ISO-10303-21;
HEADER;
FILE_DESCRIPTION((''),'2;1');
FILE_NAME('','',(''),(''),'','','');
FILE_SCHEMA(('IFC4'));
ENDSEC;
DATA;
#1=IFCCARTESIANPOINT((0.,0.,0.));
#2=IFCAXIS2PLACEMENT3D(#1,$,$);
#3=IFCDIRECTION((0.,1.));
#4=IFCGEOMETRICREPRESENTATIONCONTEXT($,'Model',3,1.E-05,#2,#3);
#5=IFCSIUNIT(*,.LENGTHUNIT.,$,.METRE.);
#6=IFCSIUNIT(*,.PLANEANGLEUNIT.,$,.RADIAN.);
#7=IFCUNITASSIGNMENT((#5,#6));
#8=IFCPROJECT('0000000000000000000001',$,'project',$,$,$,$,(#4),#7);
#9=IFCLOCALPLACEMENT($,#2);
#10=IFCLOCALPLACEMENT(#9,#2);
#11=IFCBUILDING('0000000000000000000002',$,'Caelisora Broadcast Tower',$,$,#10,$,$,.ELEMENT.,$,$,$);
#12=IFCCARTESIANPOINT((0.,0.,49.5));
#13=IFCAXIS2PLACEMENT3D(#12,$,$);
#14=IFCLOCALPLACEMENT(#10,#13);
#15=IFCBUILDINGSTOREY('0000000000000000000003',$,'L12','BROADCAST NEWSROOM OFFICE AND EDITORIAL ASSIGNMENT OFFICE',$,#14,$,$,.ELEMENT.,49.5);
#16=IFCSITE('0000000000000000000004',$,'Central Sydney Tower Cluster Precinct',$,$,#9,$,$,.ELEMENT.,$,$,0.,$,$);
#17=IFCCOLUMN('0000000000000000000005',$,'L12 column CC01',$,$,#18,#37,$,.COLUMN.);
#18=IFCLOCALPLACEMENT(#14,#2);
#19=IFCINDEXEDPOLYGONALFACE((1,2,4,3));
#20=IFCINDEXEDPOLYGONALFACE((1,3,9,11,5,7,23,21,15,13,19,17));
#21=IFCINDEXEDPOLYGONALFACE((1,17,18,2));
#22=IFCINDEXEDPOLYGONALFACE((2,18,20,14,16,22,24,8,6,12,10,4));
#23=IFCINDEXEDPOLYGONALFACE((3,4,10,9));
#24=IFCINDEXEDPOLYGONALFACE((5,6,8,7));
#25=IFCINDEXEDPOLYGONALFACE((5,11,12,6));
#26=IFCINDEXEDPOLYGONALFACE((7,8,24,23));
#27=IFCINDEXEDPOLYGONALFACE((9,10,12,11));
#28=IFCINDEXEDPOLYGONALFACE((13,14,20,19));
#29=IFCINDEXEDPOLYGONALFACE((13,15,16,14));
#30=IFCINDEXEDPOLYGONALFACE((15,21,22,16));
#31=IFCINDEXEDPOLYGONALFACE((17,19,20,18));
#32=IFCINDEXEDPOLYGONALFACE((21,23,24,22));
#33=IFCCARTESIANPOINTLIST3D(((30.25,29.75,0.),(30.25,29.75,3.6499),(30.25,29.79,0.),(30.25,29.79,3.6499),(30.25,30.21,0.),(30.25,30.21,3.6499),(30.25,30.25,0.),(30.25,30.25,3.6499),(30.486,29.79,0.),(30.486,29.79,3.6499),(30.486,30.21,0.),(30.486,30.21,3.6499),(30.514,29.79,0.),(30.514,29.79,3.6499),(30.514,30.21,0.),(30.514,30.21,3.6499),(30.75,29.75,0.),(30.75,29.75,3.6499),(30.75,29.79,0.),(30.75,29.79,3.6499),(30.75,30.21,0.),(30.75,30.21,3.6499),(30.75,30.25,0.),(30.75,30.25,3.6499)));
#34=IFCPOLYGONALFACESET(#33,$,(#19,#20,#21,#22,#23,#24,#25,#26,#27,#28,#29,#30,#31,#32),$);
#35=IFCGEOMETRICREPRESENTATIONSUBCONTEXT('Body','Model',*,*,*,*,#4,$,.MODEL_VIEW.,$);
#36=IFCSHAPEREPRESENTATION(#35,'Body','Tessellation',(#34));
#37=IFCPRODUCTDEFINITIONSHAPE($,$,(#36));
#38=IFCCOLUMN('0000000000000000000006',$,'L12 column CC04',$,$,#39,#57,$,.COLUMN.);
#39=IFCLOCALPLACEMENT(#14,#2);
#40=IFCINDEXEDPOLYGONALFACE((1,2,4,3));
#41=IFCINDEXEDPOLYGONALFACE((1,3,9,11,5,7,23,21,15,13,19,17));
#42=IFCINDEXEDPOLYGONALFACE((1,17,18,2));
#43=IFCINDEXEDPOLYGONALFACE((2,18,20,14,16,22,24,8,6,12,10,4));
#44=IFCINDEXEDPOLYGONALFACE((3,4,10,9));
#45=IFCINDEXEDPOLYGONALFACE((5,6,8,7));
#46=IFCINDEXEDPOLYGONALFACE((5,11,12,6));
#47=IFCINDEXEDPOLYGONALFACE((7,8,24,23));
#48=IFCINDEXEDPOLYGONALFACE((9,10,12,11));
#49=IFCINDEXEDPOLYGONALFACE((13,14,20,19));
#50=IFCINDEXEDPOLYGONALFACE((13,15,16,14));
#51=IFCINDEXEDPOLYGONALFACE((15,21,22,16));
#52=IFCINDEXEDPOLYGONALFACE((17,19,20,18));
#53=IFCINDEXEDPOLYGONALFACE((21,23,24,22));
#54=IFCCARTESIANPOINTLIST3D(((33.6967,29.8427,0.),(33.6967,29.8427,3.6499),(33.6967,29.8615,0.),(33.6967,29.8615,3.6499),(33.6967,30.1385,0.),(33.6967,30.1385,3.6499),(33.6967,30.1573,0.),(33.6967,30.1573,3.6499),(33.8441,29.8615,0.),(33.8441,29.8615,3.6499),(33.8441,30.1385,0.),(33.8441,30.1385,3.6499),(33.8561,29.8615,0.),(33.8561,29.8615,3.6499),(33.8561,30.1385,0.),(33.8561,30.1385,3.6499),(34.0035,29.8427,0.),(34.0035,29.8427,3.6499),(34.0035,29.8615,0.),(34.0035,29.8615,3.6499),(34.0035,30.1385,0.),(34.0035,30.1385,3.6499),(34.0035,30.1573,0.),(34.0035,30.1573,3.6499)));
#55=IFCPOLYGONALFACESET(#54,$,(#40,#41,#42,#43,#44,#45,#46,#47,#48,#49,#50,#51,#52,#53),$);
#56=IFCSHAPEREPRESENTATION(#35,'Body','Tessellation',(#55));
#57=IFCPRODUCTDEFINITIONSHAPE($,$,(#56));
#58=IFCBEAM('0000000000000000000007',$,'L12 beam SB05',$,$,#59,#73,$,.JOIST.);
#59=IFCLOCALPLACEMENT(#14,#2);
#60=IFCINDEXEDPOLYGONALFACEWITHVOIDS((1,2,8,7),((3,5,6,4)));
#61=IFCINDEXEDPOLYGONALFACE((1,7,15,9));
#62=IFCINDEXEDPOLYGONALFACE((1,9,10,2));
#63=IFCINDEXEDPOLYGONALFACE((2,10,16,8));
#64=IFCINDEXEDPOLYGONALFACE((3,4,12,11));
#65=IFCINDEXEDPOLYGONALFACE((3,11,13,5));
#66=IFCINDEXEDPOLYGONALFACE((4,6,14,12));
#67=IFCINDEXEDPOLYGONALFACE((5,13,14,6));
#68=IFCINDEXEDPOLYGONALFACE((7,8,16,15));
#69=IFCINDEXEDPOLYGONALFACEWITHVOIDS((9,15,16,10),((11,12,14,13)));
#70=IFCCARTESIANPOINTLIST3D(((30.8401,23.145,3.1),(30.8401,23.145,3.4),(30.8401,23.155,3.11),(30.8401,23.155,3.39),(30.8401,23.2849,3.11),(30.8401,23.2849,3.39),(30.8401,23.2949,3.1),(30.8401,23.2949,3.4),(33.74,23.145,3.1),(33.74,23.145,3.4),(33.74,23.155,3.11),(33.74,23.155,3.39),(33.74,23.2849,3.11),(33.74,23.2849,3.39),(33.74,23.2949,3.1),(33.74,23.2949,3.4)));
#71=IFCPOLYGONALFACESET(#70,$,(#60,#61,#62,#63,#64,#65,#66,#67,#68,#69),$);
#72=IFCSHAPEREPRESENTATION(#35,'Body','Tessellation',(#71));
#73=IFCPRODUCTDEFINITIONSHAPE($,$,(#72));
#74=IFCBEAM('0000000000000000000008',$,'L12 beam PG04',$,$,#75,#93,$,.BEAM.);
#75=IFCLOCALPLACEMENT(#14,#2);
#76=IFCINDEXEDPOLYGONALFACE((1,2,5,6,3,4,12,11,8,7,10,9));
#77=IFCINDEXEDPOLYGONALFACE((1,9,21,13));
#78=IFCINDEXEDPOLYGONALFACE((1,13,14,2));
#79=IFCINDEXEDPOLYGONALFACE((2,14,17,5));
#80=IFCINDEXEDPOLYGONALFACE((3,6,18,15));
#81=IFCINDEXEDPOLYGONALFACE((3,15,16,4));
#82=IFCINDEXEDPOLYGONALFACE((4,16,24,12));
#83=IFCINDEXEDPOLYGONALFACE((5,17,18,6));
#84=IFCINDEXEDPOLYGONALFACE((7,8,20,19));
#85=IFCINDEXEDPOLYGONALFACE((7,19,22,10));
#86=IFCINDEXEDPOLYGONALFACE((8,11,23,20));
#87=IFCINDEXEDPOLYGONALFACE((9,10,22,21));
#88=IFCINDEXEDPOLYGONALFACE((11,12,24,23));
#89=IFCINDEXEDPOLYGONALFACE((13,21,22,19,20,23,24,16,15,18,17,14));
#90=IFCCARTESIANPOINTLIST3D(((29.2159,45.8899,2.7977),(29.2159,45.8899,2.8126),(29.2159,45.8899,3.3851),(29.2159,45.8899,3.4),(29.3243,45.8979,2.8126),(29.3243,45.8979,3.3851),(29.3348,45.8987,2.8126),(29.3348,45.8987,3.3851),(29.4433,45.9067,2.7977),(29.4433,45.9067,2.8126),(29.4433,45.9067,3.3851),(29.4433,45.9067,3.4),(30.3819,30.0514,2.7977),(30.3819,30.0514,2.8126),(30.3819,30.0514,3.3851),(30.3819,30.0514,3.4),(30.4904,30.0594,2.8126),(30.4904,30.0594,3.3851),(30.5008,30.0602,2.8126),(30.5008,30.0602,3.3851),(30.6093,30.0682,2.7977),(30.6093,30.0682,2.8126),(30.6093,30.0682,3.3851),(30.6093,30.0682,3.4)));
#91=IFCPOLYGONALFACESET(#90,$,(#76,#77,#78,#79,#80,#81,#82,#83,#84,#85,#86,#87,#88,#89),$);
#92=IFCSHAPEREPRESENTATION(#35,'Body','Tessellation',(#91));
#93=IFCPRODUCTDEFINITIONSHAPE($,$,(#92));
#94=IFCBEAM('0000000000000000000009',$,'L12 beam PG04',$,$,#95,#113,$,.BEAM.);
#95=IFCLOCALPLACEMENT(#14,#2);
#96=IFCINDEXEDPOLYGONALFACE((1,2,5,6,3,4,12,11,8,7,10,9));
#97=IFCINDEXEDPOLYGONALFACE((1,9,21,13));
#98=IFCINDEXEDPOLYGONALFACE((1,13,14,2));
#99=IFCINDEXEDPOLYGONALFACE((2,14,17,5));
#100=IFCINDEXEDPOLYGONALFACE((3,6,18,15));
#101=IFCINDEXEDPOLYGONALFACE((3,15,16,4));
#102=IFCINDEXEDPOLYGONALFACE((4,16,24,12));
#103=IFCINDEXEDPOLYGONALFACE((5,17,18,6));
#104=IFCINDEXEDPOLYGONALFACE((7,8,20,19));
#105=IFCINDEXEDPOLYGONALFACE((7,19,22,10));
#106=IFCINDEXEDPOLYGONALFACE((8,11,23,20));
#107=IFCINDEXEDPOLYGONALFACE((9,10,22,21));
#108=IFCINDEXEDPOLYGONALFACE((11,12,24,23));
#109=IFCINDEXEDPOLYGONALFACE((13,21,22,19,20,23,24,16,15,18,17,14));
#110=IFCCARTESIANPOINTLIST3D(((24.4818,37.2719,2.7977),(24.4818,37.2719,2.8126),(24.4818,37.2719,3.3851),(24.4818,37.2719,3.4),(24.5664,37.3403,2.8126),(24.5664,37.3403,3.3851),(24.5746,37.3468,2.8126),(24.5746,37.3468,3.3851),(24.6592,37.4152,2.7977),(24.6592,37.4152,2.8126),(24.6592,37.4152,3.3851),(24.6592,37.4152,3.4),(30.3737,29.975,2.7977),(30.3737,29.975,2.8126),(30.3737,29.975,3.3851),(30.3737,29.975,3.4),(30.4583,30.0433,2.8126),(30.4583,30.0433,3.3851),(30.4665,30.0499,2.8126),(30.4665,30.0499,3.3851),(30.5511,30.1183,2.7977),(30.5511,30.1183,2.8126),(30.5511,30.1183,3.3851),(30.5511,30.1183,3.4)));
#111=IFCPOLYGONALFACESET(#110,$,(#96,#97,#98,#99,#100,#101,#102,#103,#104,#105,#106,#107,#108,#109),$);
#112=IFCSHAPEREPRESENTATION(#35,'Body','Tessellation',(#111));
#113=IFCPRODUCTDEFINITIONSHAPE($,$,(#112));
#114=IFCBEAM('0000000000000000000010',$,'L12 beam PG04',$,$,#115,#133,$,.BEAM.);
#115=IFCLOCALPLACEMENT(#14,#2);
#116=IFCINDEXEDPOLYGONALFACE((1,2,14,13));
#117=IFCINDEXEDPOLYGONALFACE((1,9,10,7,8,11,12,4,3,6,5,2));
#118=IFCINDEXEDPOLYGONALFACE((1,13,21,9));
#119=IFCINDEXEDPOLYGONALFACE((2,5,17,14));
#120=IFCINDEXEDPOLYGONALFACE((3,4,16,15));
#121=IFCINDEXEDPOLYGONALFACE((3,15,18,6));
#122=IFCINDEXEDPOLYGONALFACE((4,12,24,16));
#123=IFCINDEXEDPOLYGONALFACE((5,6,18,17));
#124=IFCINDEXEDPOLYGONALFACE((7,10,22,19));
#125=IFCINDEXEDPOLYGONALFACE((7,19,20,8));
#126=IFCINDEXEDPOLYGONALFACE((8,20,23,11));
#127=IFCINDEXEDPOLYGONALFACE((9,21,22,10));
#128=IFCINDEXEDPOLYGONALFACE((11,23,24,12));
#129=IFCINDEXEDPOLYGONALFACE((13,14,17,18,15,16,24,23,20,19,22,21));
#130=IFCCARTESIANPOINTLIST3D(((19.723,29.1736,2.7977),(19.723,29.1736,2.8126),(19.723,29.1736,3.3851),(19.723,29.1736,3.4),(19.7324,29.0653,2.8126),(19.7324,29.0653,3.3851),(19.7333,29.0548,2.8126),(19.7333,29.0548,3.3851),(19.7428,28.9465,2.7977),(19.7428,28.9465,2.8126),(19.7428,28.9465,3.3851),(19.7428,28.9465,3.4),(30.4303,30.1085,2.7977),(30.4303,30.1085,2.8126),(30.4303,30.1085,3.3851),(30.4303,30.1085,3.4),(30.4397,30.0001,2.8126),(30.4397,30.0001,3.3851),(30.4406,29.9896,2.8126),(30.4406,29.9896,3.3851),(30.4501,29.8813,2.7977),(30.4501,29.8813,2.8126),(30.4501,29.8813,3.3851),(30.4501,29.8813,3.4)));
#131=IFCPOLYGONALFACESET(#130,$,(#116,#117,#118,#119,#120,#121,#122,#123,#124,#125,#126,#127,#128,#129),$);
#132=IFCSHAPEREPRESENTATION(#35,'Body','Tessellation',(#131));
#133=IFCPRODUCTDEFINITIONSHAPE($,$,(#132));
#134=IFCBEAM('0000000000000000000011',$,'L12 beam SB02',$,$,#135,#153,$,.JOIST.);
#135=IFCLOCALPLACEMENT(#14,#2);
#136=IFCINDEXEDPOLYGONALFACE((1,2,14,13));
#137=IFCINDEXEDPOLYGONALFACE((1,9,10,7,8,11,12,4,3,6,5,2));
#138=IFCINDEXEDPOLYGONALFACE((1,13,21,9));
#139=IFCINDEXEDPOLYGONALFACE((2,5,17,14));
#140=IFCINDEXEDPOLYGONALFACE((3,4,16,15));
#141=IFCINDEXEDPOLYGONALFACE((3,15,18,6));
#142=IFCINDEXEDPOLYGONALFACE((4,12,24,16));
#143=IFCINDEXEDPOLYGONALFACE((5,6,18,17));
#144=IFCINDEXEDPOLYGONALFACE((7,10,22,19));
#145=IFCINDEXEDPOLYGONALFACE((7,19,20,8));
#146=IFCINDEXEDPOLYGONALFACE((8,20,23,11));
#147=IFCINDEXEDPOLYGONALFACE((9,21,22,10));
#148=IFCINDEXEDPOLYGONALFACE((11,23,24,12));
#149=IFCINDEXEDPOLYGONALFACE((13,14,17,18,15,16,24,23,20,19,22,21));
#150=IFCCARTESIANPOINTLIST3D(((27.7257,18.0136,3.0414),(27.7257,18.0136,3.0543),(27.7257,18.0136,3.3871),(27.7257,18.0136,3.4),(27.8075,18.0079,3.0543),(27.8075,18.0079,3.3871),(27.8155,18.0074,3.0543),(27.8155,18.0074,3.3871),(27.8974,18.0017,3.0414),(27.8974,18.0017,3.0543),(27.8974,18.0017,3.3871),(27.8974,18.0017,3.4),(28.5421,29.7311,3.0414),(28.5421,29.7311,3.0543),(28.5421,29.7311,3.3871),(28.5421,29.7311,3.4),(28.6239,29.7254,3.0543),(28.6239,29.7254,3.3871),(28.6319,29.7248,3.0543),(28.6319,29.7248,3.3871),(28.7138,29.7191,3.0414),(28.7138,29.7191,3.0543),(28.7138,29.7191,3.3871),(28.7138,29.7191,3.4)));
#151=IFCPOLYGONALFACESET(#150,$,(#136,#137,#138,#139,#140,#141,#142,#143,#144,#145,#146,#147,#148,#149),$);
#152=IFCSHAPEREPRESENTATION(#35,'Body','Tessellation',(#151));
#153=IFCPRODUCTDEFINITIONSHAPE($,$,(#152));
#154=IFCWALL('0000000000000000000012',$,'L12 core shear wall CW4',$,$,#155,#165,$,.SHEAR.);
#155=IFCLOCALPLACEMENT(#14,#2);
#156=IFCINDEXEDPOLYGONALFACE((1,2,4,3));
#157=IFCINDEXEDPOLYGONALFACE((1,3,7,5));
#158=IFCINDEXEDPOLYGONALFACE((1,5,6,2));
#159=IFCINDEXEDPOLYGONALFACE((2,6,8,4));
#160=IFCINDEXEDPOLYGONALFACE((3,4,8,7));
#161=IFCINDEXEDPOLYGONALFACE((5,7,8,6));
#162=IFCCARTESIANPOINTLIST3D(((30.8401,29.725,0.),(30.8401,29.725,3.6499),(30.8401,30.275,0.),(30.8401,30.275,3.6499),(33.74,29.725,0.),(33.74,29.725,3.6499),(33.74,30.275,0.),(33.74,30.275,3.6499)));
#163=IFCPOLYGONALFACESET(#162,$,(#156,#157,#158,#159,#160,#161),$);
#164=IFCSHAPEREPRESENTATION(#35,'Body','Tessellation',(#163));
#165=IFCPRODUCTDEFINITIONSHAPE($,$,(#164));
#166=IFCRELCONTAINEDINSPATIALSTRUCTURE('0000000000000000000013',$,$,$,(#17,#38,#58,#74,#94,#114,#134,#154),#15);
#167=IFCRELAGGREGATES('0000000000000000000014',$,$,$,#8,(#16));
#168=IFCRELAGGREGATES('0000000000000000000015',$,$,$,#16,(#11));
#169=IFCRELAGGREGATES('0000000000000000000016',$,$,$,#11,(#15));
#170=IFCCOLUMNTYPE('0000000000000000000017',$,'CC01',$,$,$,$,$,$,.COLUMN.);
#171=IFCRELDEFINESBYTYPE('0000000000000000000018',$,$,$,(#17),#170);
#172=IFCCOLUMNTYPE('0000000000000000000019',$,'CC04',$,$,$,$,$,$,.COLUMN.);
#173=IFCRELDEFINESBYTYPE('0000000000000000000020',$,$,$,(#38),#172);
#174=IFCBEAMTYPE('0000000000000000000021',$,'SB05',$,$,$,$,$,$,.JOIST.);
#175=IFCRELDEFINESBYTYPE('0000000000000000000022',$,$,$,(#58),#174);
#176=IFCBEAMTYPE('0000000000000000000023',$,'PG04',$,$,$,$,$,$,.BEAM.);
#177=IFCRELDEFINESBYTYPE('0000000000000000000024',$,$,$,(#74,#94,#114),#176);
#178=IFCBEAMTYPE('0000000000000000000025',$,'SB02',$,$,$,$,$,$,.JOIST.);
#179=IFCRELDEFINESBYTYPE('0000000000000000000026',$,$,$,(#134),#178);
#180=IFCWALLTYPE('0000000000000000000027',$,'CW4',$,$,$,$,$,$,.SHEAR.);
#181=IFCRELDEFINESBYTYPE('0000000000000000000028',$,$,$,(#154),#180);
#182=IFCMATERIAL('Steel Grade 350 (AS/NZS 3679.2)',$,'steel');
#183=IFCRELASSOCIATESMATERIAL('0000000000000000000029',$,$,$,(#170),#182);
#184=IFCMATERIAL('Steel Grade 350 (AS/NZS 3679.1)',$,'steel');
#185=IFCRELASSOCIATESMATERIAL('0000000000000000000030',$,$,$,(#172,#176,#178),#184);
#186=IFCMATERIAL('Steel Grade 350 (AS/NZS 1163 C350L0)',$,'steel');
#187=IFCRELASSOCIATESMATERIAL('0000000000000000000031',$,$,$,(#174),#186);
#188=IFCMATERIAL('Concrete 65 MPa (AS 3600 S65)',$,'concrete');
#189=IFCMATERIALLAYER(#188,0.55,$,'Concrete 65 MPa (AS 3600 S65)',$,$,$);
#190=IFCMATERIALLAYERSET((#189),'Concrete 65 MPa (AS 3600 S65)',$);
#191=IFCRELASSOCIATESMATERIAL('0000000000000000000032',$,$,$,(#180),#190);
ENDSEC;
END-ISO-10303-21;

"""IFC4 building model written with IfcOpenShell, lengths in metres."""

from ifc_helpers import new_model, si_unit, direction, frame, frame_2d, origin, origin_2d, place, context, subcontext, project, spatial, rectangle, hollow_rectangle, i_section, extrude, source, transform, mapped, material, layer, layer_set, material_profile, profile_set, type_object, type_shapes, element, save


model = new_model("IFC4")

# Units and contexts
model_context = context("Model", 3, precision=1e-05, world=origin(), true_north=direction((0.0, 1.0)))
body_context = subcontext(model_context, "Body", "Model", "MODEL_VIEW")
ifc_project = project(units=[si_unit("LENGTHUNIT", "METRE"), si_unit("PLANEANGLEUNIT", "RADIAN")], contexts=[model_context])

# Site, building, storey
site_placement = place(None, origin())
site = spatial("IfcSite", under=ifc_project, at=site_placement, Name="Central Sydney Tower Cluster Precinct", CompositionType="ELEMENT", RefElevation=0.0)
building_placement = place(site_placement, origin())
building = spatial("IfcBuilding", under=site, at=building_placement, Name="Caelisora Broadcast Tower", CompositionType="ELEMENT")
storey_placement = place(building_placement, frame((0.0, 0.0, 49.5)))
storey = spatial("IfcBuildingStorey", under=building, at=storey_placement, Name="L12", Description="BROADCAST NEWSROOM OFFICE AND EDITORIAL ASSIGNMENT OFFICE", CompositionType="ELEMENT", Elevation=49.5)

# Columns
ifc_material_1 = material(Name="Steel Grade 350 (AS/NZS 3679.2)", Category="steel")
ifc_material_profile_1 = material_profile(ifc_material_1, i_section(OverallWidth=0.5, OverallDepth=0.5, WebThickness=0.0281, FlangeThickness=0.04, at=origin_2d()), Name="Steel Grade 350 (AS/NZS 3679.2)")
ifc_profile_set_1 = profile_set([ifc_material_profile_1], Name="Steel Grade 350 (AS/NZS 3679.2)")
column_type_1 = type_object("IfcColumnType", Name="CC01", PredefinedType="COLUMN", material=ifc_profile_set_1)
shared_shape_1 = source(origin(), body_context, "Body", "SweptSolid", [
    extrude(i_section(OverallWidth=0.5, OverallDepth=0.5, WebThickness=0.0281, FlangeThickness=0.04, at=origin_2d()), origin(), (0.0, 0.0, 1.0), 3.6499),
])
type_shapes(column_type_1, [shared_shape_1])
column_1_placement = place(storey_placement, frame((30.5, 30.0, 0.0), z_axis=(0.0, 0.0, 1.0), x_axis=(1.0, 0.0, 0.0)))
element("IfcColumn", 1, at=column_1_placement, inside=storey, type_object=column_type_1, Name="L12 column CC01", PredefinedType="COLUMN", context=body_context, shape_type="MappedRepresentation", body=[
    mapped(shared_shape_1, transform((0.0, 0.0, 0.0), scale=1.0)),
])
ifc_material_2 = material(Name="Steel Grade 350 (AS/NZS 3679.1)", Category="steel")
ifc_material_profile_2 = material_profile(ifc_material_2, i_section(OverallWidth=0.3069, OverallDepth=0.3147, WebThickness=0.012, FlangeThickness=0.0188, at=origin_2d()), Name="Steel Grade 350 (AS/NZS 3679.1)")
ifc_profile_set_2 = profile_set([ifc_material_profile_2], Name="Steel Grade 350 (AS/NZS 3679.1)")
column_type_2 = type_object("IfcColumnType", Name="CC04", PredefinedType="COLUMN", material=ifc_profile_set_2)
shared_shape_2 = source(origin(), body_context, "Body", "SweptSolid", [
    extrude(i_section(OverallWidth=0.3069, OverallDepth=0.3147, WebThickness=0.012, FlangeThickness=0.0188, at=origin_2d()), origin(), (0.0, 0.0, 1.0), 3.6499),
])
type_shapes(column_type_2, [shared_shape_2])
column_2_placement = place(storey_placement, frame((33.8501, 30.0, 0.0), z_axis=(0.0, 0.0, 1.0), x_axis=(1.0, 0.0, 0.0)))
element("IfcColumn", 2, at=column_2_placement, inside=storey, type_object=column_type_2, Name="L12 column CC04", PredefinedType="COLUMN", context=body_context, shape_type="MappedRepresentation", body=[
    mapped(shared_shape_2, transform((0.0, 0.0, 0.0), scale=1.0)),
])

# Beams
ifc_material_3 = material(Name="Steel Grade 350 (AS/NZS 1163 C350L0)", Category="steel")
ifc_material_profile_3 = material_profile(ifc_material_3, hollow_rectangle(XDim=0.1499, YDim=0.3, WallThickness=0.01, at=origin_2d()), Name="Steel Grade 350 (AS/NZS 1163 C350L0)")
ifc_profile_set_3 = profile_set([ifc_material_profile_3], Name="Steel Grade 350 (AS/NZS 1163 C350L0)")
beam_type_1 = type_object("IfcBeamType", Name="SB05", PredefinedType="JOIST", material=ifc_profile_set_3)
shared_shape_3 = source(origin(), body_context, "Body", "SweptSolid", [
    extrude(hollow_rectangle(XDim=0.1499, YDim=0.3, WallThickness=0.01, at=origin_2d()), origin(), (0.0, 0.0, 1.0), 2.8999),
])
type_shapes(beam_type_1, [shared_shape_3])
beam_1_placement = place(storey_placement, frame((30.8401, 23.22, 3.25), z_axis=(1.0, 0.0, 0.0), x_axis=(0.0, 1.0, 0.0)))
element("IfcBeam", 3, at=beam_1_placement, inside=storey, type_object=beam_type_1, Name="L12 beam SB05", PredefinedType="JOIST", context=body_context, shape_type="MappedRepresentation", body=[
    mapped(shared_shape_3, transform((0.0, 0.0, 0.0), scale=1.0)),
])
ifc_material_profile_4 = material_profile(ifc_material_2, i_section(OverallWidth=0.228, OverallDepth=0.6023, WebThickness=0.0105, FlangeThickness=0.0149, at=origin_2d()), Name="Steel Grade 350 (AS/NZS 3679.1)")
ifc_profile_set_4 = profile_set([ifc_material_profile_4], Name="Steel Grade 350 (AS/NZS 3679.1)")
beam_type_2 = type_object("IfcBeamType", Name="PG04", PredefinedType="BEAM", material=ifc_profile_set_4)
shared_shape_4 = source(origin(), body_context, "Body", "SweptSolid", [
    extrude(i_section(OverallWidth=0.228, OverallDepth=0.6023, WebThickness=0.0105, FlangeThickness=0.0149, at=origin_2d()), origin(), (0.0, 0.0, 1.0), 15.8813),
])
beam_2_placement = place(storey_placement, frame((30.4956, 30.0598, 3.0989), z_axis=(-0.073421, 0.997301, 0.0), x_axis=(-0.997301, -0.073421, 0.0)))
element("IfcBeam", 4, at=beam_2_placement, inside=storey, type_object=beam_type_2, Name="L12 beam PG04", PredefinedType="BEAM", context=body_context, shape_type="MappedRepresentation", body=[
    mapped(shared_shape_4, transform((0.0, 0.0, 0.0), scale=1.0)),
])
shared_shape_5 = source(origin(), body_context, "Body", "SweptSolid", [
    extrude(i_section(OverallWidth=0.228, OverallDepth=0.6023, WebThickness=0.0105, FlangeThickness=0.0149, at=origin_2d()), origin(), (0.0, 0.0, 1.0), 9.3787),
])
beam_3_placement = place(storey_placement, frame((30.4624, 30.0466, 3.0989), z_axis=(-0.628222, 0.778034, 0.0), x_axis=(-0.778034, -0.628222, 0.0)))
element("IfcBeam", 5, at=beam_3_placement, inside=storey, type_object=beam_type_2, Name="L12 beam PG04", PredefinedType="BEAM", context=body_context, shape_type="MappedRepresentation", body=[
    mapped(shared_shape_5, transform((0.0, 0.0, 0.0), scale=1.0)),
])
shared_shape_6 = source(origin(), body_context, "Body", "SweptSolid", [
    extrude(i_section(OverallWidth=0.228, OverallDepth=0.6023, WebThickness=0.0105, FlangeThickness=0.0149, at=origin_2d()), origin(), (0.0, 0.0, 1.0), 10.748),
])
type_shapes(beam_type_2, [shared_shape_4, shared_shape_5, shared_shape_6])
beam_4_placement = place(storey_placement, frame((30.4402, 29.9949, 3.0989), z_axis=(-0.99621, -0.086976, 0.0), x_axis=(0.086976, -0.99621, 0.0)))
element("IfcBeam", 6, at=beam_4_placement, inside=storey, type_object=beam_type_2, Name="L12 beam PG04", PredefinedType="BEAM", context=body_context, shape_type="MappedRepresentation", body=[
    mapped(shared_shape_6, transform((0.0, 0.0, 0.0), scale=1.0)),
])
ifc_material_profile_5 = material_profile(ifc_material_2, i_section(OverallWidth=0.1721, OverallDepth=0.3586, WebThickness=0.0081, FlangeThickness=0.0129, at=origin_2d()), Name="Steel Grade 350 (AS/NZS 3679.1)")
ifc_profile_set_5 = profile_set([ifc_material_profile_5], Name="Steel Grade 350 (AS/NZS 3679.1)")
beam_type_3 = type_object("IfcBeamType", Name="SB02", PredefinedType="JOIST", material=ifc_profile_set_5)
shared_shape_7 = source(origin(), body_context, "Body", "SweptSolid", [
    extrude(i_section(OverallWidth=0.1721, OverallDepth=0.3586, WebThickness=0.0081, FlangeThickness=0.0129, at=origin_2d()), origin(), (0.0, 0.0, 1.0), 11.7458),
])
type_shapes(beam_type_3, [shared_shape_7])
beam_5_placement = place(storey_placement, frame((28.6279, 29.7251, 3.2207), z_axis=(-0.069505, -0.997582, 0.0), x_axis=(0.997582, -0.069505, 0.0)))
element("IfcBeam", 7, at=beam_5_placement, inside=storey, type_object=beam_type_3, Name="L12 beam SB02", PredefinedType="JOIST", context=body_context, shape_type="MappedRepresentation", body=[
    mapped(shared_shape_7, transform((0.0, 0.0, 0.0), scale=1.0)),
])

# Wall
ifc_material_4 = material(Name="Concrete 65 MPa (AS 3600 S65)", Category="concrete")
ifc_layer_1 = layer(ifc_material_4, 0.55, Name="Concrete 65 MPa (AS 3600 S65)")
ifc_layer_set_1 = layer_set([ifc_layer_1], Name="Concrete 65 MPa (AS 3600 S65)")
wall_type_1 = type_object("IfcWallType", Name="CW4", PredefinedType="SHEAR", material=ifc_layer_set_1)
wall_1_placement = place(storey_placement, frame((30.8401, 30.0, 0.0), z_axis=(0.0, 0.0, 1.0), x_axis=(1.0, 0.0, 0.0)))
element("IfcWall", 8, at=wall_1_placement, inside=storey, type_object=wall_type_1, Name="L12 core shear wall CW4", PredefinedType="SHEAR", context=body_context, shape_type="SweptSolid", body=[
    extrude(rectangle(XDim=2.8999, YDim=0.55, at=frame_2d((1.45, 0.0))), origin(), (0.0, 0.0, 1.0), 3.6499),
])

save(model, "model.ifc")
